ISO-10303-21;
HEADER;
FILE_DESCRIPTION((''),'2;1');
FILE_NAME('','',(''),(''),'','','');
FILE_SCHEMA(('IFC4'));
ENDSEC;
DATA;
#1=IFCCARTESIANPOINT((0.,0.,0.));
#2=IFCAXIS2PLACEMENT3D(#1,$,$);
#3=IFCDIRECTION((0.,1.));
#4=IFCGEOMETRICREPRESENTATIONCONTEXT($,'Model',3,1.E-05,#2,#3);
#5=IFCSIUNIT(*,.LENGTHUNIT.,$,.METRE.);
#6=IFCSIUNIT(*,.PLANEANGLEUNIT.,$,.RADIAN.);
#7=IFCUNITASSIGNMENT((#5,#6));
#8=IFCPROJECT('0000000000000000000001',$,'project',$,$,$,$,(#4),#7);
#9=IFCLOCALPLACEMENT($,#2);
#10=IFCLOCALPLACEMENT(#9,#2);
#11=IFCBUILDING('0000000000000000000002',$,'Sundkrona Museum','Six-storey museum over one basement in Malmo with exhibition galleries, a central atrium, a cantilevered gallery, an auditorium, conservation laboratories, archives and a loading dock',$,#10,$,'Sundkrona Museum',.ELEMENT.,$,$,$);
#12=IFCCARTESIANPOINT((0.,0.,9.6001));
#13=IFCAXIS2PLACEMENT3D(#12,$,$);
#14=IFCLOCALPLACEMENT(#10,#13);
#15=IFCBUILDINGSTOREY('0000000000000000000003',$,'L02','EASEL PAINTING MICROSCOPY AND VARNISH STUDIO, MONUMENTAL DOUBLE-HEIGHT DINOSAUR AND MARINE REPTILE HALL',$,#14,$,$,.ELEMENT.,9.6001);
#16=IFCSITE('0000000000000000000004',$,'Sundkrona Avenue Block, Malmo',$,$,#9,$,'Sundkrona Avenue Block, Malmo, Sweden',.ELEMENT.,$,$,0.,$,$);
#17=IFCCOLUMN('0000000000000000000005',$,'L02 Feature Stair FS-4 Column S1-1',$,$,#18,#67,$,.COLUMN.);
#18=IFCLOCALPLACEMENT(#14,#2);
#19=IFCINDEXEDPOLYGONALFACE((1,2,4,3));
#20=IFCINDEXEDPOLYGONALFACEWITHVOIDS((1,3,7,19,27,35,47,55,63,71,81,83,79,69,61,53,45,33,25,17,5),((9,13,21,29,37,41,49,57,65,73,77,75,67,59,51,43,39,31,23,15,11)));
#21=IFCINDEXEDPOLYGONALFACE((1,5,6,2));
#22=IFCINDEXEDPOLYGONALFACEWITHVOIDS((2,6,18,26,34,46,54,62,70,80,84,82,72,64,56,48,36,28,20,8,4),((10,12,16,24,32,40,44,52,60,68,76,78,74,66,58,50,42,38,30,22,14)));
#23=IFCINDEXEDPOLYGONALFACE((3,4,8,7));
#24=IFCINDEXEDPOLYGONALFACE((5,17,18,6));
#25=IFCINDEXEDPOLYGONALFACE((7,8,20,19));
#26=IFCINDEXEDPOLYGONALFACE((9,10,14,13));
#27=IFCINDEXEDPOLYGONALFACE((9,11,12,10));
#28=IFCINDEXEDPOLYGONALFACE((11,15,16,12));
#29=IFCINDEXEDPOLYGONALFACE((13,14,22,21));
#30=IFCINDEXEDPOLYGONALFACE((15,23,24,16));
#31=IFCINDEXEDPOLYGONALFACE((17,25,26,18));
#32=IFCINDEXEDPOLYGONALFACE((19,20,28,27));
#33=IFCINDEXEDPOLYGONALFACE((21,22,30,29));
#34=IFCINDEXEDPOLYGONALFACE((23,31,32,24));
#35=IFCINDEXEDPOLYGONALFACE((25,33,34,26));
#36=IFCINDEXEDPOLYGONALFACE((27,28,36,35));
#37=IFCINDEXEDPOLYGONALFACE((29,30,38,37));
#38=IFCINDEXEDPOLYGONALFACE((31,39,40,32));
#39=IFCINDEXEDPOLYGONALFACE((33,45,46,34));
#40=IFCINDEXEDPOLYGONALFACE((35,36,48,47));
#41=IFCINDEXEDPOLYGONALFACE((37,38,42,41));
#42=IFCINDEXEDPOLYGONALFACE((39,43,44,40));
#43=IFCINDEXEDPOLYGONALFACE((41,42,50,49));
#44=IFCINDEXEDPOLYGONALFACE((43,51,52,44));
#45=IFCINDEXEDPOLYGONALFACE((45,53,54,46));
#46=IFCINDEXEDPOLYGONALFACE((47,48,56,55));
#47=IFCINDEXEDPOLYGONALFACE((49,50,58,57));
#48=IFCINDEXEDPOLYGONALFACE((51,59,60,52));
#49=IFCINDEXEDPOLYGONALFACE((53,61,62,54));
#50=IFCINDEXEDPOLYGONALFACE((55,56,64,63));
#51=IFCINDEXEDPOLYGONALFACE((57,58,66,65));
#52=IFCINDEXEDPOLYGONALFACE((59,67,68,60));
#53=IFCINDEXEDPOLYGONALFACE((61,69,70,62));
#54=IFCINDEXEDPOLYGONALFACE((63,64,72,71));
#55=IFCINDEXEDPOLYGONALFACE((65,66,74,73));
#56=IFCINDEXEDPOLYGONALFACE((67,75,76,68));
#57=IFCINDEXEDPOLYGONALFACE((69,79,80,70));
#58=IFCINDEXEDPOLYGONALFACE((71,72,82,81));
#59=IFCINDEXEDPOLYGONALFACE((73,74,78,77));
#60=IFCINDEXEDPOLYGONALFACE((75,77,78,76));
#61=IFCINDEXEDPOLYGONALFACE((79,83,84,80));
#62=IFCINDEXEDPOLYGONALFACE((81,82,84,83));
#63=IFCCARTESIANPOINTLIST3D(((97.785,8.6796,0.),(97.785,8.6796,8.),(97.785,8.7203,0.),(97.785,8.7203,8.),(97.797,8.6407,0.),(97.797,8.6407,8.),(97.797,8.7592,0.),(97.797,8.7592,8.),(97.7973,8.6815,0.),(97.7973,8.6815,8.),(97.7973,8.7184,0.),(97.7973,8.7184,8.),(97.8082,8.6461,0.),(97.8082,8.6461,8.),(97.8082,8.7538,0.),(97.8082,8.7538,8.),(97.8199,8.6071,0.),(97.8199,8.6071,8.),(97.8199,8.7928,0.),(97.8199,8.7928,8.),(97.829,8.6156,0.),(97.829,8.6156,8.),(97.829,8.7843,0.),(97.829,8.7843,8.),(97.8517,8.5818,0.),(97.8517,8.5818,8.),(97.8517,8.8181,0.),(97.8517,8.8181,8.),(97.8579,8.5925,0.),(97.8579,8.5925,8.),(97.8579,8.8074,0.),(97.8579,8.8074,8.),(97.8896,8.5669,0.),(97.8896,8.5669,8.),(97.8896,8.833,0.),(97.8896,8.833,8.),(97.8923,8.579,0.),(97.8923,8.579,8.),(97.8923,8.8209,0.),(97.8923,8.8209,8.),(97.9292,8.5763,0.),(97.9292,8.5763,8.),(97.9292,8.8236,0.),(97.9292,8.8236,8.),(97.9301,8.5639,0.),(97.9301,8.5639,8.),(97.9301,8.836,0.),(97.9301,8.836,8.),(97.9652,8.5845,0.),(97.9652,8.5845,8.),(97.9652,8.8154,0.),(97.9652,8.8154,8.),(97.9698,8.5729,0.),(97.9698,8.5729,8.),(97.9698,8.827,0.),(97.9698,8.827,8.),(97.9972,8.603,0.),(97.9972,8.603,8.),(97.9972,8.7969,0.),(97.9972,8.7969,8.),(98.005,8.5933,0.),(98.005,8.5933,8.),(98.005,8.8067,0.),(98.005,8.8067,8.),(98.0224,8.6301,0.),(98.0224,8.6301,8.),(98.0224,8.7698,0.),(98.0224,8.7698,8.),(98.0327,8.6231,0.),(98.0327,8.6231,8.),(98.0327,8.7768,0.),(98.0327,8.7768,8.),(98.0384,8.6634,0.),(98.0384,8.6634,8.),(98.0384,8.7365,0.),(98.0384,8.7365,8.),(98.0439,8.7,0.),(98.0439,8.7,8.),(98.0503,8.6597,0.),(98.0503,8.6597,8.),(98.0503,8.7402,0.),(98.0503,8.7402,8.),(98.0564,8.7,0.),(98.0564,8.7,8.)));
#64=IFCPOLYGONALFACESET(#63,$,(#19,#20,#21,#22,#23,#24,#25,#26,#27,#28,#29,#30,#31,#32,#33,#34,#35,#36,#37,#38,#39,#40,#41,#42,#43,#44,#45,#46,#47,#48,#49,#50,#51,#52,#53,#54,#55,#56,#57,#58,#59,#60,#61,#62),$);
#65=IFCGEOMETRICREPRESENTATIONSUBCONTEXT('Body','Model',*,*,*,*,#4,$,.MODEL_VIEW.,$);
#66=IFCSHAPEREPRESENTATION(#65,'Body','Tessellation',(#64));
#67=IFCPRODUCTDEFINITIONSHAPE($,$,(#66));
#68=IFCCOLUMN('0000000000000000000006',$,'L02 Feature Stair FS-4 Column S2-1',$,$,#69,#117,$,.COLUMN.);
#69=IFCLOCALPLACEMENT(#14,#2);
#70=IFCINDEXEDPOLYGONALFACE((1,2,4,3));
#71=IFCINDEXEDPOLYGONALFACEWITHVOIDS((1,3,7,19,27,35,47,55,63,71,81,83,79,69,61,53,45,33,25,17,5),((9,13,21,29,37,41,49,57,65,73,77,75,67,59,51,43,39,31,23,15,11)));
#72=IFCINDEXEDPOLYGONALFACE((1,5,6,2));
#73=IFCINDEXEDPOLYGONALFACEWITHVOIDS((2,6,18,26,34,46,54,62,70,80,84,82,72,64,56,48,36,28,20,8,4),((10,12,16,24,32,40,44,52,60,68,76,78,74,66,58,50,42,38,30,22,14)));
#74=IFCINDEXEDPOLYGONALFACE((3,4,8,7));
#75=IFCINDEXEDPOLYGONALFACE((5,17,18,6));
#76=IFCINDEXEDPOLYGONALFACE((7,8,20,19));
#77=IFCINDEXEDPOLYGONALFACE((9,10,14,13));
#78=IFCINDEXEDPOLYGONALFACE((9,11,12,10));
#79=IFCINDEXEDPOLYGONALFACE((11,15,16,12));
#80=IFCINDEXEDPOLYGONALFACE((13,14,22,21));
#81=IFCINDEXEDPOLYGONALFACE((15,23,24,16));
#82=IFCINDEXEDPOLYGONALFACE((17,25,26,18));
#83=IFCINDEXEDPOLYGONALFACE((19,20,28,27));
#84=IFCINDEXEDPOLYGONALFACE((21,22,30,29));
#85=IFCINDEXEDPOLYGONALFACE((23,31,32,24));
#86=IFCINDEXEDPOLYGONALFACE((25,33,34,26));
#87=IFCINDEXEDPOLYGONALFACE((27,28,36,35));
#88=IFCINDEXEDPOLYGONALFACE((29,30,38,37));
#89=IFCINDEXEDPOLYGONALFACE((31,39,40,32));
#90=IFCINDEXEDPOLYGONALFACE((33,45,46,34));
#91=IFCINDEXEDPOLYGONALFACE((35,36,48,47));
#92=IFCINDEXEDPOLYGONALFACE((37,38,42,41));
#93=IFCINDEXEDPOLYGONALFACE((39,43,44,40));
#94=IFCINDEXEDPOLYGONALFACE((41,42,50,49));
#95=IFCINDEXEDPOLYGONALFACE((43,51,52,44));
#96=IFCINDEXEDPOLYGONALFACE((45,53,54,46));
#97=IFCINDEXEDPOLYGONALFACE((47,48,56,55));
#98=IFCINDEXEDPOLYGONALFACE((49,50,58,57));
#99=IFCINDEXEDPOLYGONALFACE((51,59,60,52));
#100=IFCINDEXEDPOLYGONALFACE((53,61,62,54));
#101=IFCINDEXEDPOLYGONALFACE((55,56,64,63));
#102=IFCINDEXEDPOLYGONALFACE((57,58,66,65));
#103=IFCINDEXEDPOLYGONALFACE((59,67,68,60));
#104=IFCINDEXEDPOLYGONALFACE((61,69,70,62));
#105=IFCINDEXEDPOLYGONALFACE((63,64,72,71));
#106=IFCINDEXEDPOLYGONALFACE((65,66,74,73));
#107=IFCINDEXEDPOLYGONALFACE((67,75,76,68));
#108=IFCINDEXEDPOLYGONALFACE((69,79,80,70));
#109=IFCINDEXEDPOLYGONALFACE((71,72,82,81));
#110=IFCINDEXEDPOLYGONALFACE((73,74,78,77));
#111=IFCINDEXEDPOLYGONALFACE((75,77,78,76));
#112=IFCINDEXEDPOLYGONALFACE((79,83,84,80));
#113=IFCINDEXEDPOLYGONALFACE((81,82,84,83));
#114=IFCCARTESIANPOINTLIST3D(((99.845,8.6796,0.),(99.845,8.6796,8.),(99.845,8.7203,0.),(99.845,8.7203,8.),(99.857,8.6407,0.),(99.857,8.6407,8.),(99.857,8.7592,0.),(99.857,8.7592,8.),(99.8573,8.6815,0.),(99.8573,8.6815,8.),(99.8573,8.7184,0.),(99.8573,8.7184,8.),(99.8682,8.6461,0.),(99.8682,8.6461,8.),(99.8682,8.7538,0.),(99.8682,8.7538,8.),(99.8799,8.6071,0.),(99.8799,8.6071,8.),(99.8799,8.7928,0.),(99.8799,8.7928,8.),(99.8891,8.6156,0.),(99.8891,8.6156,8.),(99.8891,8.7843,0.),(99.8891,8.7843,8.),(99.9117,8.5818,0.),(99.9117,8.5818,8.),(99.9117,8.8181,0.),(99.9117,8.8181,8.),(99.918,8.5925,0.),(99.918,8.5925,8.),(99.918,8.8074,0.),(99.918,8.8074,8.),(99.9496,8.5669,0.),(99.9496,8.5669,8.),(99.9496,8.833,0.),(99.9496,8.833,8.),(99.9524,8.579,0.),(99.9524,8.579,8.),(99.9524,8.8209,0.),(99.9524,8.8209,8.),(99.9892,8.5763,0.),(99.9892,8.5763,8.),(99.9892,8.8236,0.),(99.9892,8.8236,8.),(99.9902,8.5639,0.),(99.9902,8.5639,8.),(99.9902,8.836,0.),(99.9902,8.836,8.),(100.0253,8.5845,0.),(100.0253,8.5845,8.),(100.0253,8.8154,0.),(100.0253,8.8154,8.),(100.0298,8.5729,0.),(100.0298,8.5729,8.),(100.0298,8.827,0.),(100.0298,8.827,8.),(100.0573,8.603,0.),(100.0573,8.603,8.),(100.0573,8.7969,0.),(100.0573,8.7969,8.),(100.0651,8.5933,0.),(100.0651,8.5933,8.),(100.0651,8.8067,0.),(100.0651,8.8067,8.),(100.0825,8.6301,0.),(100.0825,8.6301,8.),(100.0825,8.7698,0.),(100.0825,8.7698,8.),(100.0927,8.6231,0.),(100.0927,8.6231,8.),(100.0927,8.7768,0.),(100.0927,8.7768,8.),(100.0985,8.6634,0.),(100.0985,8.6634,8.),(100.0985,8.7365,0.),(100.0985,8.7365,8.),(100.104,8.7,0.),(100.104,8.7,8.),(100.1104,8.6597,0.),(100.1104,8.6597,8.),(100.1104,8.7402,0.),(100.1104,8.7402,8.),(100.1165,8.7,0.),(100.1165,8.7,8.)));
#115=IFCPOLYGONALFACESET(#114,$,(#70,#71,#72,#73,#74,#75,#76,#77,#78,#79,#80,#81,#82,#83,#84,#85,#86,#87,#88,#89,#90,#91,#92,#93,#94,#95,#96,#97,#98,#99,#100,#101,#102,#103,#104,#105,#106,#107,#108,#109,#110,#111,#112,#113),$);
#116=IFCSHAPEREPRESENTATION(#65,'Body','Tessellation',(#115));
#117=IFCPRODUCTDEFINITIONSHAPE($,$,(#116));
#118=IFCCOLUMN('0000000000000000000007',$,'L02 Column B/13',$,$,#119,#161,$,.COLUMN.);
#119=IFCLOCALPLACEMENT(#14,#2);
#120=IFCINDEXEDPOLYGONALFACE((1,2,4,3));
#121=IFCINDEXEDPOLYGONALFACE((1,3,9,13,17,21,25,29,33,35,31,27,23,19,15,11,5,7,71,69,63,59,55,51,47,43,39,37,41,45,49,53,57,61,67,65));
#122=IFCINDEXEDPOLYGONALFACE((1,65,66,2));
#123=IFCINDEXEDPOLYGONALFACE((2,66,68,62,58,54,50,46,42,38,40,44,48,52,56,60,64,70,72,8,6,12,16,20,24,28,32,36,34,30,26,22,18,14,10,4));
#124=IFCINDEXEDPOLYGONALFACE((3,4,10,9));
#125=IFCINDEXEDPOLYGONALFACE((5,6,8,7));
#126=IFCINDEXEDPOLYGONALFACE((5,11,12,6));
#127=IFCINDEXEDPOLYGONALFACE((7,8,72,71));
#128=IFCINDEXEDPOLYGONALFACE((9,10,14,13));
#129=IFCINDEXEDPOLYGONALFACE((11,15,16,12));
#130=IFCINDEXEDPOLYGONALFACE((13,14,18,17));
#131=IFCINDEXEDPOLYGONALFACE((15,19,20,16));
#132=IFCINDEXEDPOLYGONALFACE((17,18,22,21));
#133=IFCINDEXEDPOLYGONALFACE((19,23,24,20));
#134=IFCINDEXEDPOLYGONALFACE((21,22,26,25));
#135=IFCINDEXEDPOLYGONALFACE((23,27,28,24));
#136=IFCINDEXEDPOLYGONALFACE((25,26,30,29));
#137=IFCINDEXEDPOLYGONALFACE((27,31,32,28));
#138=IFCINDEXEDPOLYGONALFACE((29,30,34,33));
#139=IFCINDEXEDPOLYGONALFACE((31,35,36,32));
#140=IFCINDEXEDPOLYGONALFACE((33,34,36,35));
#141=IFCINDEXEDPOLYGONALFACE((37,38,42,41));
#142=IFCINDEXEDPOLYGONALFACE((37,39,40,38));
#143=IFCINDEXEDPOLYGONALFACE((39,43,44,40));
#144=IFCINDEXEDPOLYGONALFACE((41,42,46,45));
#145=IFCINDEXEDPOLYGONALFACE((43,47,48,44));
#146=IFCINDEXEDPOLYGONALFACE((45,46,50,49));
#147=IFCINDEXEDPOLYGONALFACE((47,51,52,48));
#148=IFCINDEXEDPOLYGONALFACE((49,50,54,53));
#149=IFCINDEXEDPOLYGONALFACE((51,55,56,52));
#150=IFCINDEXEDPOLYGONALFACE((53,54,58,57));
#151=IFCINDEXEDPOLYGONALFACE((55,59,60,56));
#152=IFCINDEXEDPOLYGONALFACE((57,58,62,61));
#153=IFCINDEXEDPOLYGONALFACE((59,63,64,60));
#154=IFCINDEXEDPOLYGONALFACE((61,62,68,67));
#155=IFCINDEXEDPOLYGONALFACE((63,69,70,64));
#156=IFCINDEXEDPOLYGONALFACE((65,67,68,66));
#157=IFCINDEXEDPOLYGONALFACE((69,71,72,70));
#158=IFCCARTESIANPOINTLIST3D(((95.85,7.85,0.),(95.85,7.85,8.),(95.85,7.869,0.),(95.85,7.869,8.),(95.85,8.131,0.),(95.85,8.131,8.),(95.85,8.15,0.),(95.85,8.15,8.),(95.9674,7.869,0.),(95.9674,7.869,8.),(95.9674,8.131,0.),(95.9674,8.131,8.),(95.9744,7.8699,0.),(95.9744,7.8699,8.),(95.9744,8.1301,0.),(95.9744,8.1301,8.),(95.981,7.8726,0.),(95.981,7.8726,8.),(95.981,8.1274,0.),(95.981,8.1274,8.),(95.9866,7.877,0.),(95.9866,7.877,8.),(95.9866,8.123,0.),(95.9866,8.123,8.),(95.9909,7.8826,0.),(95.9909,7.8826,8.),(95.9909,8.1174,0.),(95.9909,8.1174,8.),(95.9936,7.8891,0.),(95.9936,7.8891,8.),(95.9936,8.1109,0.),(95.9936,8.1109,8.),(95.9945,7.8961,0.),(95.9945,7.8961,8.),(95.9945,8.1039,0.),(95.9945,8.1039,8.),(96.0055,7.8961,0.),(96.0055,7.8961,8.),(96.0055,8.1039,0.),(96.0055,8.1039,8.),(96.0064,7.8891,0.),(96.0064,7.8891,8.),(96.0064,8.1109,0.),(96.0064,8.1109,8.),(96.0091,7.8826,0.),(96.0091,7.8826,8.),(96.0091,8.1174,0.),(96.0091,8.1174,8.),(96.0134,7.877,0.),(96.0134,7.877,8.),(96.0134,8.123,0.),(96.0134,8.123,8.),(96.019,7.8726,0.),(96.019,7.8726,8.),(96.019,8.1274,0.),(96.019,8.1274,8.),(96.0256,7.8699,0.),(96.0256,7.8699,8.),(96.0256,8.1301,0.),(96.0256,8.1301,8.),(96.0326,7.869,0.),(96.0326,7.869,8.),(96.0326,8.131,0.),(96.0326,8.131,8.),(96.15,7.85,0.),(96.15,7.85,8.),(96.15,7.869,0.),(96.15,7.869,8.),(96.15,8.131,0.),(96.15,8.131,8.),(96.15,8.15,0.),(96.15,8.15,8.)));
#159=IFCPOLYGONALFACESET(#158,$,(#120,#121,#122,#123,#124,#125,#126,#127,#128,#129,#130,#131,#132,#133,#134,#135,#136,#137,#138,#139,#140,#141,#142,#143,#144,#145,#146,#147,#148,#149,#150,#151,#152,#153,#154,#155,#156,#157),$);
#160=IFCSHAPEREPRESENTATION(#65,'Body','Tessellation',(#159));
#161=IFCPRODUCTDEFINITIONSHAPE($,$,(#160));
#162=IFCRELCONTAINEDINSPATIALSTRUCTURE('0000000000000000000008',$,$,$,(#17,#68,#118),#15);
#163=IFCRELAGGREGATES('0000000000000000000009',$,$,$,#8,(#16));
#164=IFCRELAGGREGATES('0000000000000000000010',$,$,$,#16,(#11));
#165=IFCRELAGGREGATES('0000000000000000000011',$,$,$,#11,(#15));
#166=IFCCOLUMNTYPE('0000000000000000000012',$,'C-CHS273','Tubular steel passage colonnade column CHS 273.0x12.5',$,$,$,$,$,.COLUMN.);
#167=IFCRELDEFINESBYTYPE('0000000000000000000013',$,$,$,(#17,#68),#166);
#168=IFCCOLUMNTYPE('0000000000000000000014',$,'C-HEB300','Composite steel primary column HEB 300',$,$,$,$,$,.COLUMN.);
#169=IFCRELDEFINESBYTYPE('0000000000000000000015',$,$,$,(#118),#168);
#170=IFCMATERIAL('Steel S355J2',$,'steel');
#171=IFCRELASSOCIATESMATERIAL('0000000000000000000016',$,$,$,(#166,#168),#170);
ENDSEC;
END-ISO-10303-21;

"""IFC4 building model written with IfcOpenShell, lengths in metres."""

from ifc_helpers import new_model, si_unit, direction, frame, origin, origin_2d, place, context, subcontext, project, spatial, hollow_circle, i_section, extrude, material, material_profile, profile_set, type_object, element, save


model = new_model("IFC4")

# Units and contexts
model_context = context("Model", 3, precision=1e-05, world=origin(), true_north=direction((0.0, 1.0)))
body_context = subcontext(model_context, "Body", "Model", "MODEL_VIEW")
ifc_project = project(units=[si_unit("LENGTHUNIT", "METRE"), si_unit("PLANEANGLEUNIT", "RADIAN")], contexts=[model_context])

# Site, building, storey
site_placement = place(None, origin())
site = spatial("IfcSite", under=ifc_project, at=site_placement, Name="Sundkrona Avenue Block, Malmo", LongName="Sundkrona Avenue Block, Malmo, Sweden", CompositionType="ELEMENT", RefElevation=0.0)
building_placement = place(site_placement, origin())
building = spatial("IfcBuilding", under=site, at=building_placement, Name="Sundkrona Museum", Description="Six-storey museum over one basement in Malmo with exhibition galleries, a central atrium, a cantilevered gallery, an auditorium, conservation laboratories, archives and a loading dock", LongName="Sundkrona Museum", CompositionType="ELEMENT")
storey_placement = place(building_placement, frame((0.0, 0.0, 9.6001)))
storey = spatial("IfcBuildingStorey", under=building, at=storey_placement, Name="L02", Description="EASEL PAINTING MICROSCOPY AND VARNISH STUDIO, MONUMENTAL DOUBLE-HEIGHT DINOSAUR AND MARINE REPTILE HALL", CompositionType="ELEMENT", Elevation=9.6001)

# Columns
ifc_material_1 = material(Name="Steel S355J2", Category="steel")
ifc_material_profile_1 = material_profile(ifc_material_1, hollow_circle(Radius=0.1365, WallThickness=0.0125, at=origin_2d()), Name="CHS 273.0x12.5")
ifc_profile_set_1 = profile_set([ifc_material_profile_1], Name="Steel S355J2")
column_type_1 = type_object("IfcColumnType", Name="C-CHS273", Description="Tubular steel passage colonnade column CHS 273.0x12.5", PredefinedType="COLUMN", material=ifc_profile_set_1)
for number, where, z_axis, x_axis, name in (
    (1, (97.9199, 8.7, 0.0), (0.0, 0.0, 1.0), (1.0, 0.0, 0.0), "L02 Feature Stair FS-4 Column S1-1"),
    (2, (99.98, 8.7, 0.0), (0.0, 0.0, 1.0), (1.0, 0.0, 0.0), "L02 Feature Stair FS-4 Column S2-1"),
):
    element("IfcColumn", number, at=place(storey_placement, frame(where, z_axis=z_axis, x_axis=x_axis)), inside=storey, type_object=column_type_1, Name=name, PredefinedType="COLUMN", context=body_context, shape_type="SweptSolid", body=[
        extrude(hollow_circle(Radius=0.1365, WallThickness=0.0125, at=origin_2d()), origin(), (0.0, 0.0, 1.0), 8.0),
    ])
ifc_material_profile_2 = material_profile(ifc_material_1, i_section(OverallWidth=0.3, OverallDepth=0.3, WebThickness=0.011, FlangeThickness=0.019, FilletRadius=0.0271, at=origin_2d()), Name="HEB 300")
ifc_profile_set_2 = profile_set([ifc_material_profile_2], Name="Steel S355J2")
column_type_2 = type_object("IfcColumnType", Name="C-HEB300", Description="Composite steel primary column HEB 300", PredefinedType="COLUMN", material=ifc_profile_set_2)
column_placement = place(storey_placement, frame((96.0, 8.0, 0.0), z_axis=(0.0, 0.0, 1.0), x_axis=(1.0, 0.0, 0.0)))
element("IfcColumn", 3, at=column_placement, inside=storey, type_object=column_type_2, Name="L02 Column B/13", PredefinedType="COLUMN", context=body_context, shape_type="SweptSolid", body=[
    extrude(i_section(OverallWidth=0.3, OverallDepth=0.3, WebThickness=0.011, FlangeThickness=0.019, FilletRadius=0.0271, at=origin_2d()), origin(), (0.0, 0.0, 1.0), 8.0),
])

save(model, "model.ifc")
